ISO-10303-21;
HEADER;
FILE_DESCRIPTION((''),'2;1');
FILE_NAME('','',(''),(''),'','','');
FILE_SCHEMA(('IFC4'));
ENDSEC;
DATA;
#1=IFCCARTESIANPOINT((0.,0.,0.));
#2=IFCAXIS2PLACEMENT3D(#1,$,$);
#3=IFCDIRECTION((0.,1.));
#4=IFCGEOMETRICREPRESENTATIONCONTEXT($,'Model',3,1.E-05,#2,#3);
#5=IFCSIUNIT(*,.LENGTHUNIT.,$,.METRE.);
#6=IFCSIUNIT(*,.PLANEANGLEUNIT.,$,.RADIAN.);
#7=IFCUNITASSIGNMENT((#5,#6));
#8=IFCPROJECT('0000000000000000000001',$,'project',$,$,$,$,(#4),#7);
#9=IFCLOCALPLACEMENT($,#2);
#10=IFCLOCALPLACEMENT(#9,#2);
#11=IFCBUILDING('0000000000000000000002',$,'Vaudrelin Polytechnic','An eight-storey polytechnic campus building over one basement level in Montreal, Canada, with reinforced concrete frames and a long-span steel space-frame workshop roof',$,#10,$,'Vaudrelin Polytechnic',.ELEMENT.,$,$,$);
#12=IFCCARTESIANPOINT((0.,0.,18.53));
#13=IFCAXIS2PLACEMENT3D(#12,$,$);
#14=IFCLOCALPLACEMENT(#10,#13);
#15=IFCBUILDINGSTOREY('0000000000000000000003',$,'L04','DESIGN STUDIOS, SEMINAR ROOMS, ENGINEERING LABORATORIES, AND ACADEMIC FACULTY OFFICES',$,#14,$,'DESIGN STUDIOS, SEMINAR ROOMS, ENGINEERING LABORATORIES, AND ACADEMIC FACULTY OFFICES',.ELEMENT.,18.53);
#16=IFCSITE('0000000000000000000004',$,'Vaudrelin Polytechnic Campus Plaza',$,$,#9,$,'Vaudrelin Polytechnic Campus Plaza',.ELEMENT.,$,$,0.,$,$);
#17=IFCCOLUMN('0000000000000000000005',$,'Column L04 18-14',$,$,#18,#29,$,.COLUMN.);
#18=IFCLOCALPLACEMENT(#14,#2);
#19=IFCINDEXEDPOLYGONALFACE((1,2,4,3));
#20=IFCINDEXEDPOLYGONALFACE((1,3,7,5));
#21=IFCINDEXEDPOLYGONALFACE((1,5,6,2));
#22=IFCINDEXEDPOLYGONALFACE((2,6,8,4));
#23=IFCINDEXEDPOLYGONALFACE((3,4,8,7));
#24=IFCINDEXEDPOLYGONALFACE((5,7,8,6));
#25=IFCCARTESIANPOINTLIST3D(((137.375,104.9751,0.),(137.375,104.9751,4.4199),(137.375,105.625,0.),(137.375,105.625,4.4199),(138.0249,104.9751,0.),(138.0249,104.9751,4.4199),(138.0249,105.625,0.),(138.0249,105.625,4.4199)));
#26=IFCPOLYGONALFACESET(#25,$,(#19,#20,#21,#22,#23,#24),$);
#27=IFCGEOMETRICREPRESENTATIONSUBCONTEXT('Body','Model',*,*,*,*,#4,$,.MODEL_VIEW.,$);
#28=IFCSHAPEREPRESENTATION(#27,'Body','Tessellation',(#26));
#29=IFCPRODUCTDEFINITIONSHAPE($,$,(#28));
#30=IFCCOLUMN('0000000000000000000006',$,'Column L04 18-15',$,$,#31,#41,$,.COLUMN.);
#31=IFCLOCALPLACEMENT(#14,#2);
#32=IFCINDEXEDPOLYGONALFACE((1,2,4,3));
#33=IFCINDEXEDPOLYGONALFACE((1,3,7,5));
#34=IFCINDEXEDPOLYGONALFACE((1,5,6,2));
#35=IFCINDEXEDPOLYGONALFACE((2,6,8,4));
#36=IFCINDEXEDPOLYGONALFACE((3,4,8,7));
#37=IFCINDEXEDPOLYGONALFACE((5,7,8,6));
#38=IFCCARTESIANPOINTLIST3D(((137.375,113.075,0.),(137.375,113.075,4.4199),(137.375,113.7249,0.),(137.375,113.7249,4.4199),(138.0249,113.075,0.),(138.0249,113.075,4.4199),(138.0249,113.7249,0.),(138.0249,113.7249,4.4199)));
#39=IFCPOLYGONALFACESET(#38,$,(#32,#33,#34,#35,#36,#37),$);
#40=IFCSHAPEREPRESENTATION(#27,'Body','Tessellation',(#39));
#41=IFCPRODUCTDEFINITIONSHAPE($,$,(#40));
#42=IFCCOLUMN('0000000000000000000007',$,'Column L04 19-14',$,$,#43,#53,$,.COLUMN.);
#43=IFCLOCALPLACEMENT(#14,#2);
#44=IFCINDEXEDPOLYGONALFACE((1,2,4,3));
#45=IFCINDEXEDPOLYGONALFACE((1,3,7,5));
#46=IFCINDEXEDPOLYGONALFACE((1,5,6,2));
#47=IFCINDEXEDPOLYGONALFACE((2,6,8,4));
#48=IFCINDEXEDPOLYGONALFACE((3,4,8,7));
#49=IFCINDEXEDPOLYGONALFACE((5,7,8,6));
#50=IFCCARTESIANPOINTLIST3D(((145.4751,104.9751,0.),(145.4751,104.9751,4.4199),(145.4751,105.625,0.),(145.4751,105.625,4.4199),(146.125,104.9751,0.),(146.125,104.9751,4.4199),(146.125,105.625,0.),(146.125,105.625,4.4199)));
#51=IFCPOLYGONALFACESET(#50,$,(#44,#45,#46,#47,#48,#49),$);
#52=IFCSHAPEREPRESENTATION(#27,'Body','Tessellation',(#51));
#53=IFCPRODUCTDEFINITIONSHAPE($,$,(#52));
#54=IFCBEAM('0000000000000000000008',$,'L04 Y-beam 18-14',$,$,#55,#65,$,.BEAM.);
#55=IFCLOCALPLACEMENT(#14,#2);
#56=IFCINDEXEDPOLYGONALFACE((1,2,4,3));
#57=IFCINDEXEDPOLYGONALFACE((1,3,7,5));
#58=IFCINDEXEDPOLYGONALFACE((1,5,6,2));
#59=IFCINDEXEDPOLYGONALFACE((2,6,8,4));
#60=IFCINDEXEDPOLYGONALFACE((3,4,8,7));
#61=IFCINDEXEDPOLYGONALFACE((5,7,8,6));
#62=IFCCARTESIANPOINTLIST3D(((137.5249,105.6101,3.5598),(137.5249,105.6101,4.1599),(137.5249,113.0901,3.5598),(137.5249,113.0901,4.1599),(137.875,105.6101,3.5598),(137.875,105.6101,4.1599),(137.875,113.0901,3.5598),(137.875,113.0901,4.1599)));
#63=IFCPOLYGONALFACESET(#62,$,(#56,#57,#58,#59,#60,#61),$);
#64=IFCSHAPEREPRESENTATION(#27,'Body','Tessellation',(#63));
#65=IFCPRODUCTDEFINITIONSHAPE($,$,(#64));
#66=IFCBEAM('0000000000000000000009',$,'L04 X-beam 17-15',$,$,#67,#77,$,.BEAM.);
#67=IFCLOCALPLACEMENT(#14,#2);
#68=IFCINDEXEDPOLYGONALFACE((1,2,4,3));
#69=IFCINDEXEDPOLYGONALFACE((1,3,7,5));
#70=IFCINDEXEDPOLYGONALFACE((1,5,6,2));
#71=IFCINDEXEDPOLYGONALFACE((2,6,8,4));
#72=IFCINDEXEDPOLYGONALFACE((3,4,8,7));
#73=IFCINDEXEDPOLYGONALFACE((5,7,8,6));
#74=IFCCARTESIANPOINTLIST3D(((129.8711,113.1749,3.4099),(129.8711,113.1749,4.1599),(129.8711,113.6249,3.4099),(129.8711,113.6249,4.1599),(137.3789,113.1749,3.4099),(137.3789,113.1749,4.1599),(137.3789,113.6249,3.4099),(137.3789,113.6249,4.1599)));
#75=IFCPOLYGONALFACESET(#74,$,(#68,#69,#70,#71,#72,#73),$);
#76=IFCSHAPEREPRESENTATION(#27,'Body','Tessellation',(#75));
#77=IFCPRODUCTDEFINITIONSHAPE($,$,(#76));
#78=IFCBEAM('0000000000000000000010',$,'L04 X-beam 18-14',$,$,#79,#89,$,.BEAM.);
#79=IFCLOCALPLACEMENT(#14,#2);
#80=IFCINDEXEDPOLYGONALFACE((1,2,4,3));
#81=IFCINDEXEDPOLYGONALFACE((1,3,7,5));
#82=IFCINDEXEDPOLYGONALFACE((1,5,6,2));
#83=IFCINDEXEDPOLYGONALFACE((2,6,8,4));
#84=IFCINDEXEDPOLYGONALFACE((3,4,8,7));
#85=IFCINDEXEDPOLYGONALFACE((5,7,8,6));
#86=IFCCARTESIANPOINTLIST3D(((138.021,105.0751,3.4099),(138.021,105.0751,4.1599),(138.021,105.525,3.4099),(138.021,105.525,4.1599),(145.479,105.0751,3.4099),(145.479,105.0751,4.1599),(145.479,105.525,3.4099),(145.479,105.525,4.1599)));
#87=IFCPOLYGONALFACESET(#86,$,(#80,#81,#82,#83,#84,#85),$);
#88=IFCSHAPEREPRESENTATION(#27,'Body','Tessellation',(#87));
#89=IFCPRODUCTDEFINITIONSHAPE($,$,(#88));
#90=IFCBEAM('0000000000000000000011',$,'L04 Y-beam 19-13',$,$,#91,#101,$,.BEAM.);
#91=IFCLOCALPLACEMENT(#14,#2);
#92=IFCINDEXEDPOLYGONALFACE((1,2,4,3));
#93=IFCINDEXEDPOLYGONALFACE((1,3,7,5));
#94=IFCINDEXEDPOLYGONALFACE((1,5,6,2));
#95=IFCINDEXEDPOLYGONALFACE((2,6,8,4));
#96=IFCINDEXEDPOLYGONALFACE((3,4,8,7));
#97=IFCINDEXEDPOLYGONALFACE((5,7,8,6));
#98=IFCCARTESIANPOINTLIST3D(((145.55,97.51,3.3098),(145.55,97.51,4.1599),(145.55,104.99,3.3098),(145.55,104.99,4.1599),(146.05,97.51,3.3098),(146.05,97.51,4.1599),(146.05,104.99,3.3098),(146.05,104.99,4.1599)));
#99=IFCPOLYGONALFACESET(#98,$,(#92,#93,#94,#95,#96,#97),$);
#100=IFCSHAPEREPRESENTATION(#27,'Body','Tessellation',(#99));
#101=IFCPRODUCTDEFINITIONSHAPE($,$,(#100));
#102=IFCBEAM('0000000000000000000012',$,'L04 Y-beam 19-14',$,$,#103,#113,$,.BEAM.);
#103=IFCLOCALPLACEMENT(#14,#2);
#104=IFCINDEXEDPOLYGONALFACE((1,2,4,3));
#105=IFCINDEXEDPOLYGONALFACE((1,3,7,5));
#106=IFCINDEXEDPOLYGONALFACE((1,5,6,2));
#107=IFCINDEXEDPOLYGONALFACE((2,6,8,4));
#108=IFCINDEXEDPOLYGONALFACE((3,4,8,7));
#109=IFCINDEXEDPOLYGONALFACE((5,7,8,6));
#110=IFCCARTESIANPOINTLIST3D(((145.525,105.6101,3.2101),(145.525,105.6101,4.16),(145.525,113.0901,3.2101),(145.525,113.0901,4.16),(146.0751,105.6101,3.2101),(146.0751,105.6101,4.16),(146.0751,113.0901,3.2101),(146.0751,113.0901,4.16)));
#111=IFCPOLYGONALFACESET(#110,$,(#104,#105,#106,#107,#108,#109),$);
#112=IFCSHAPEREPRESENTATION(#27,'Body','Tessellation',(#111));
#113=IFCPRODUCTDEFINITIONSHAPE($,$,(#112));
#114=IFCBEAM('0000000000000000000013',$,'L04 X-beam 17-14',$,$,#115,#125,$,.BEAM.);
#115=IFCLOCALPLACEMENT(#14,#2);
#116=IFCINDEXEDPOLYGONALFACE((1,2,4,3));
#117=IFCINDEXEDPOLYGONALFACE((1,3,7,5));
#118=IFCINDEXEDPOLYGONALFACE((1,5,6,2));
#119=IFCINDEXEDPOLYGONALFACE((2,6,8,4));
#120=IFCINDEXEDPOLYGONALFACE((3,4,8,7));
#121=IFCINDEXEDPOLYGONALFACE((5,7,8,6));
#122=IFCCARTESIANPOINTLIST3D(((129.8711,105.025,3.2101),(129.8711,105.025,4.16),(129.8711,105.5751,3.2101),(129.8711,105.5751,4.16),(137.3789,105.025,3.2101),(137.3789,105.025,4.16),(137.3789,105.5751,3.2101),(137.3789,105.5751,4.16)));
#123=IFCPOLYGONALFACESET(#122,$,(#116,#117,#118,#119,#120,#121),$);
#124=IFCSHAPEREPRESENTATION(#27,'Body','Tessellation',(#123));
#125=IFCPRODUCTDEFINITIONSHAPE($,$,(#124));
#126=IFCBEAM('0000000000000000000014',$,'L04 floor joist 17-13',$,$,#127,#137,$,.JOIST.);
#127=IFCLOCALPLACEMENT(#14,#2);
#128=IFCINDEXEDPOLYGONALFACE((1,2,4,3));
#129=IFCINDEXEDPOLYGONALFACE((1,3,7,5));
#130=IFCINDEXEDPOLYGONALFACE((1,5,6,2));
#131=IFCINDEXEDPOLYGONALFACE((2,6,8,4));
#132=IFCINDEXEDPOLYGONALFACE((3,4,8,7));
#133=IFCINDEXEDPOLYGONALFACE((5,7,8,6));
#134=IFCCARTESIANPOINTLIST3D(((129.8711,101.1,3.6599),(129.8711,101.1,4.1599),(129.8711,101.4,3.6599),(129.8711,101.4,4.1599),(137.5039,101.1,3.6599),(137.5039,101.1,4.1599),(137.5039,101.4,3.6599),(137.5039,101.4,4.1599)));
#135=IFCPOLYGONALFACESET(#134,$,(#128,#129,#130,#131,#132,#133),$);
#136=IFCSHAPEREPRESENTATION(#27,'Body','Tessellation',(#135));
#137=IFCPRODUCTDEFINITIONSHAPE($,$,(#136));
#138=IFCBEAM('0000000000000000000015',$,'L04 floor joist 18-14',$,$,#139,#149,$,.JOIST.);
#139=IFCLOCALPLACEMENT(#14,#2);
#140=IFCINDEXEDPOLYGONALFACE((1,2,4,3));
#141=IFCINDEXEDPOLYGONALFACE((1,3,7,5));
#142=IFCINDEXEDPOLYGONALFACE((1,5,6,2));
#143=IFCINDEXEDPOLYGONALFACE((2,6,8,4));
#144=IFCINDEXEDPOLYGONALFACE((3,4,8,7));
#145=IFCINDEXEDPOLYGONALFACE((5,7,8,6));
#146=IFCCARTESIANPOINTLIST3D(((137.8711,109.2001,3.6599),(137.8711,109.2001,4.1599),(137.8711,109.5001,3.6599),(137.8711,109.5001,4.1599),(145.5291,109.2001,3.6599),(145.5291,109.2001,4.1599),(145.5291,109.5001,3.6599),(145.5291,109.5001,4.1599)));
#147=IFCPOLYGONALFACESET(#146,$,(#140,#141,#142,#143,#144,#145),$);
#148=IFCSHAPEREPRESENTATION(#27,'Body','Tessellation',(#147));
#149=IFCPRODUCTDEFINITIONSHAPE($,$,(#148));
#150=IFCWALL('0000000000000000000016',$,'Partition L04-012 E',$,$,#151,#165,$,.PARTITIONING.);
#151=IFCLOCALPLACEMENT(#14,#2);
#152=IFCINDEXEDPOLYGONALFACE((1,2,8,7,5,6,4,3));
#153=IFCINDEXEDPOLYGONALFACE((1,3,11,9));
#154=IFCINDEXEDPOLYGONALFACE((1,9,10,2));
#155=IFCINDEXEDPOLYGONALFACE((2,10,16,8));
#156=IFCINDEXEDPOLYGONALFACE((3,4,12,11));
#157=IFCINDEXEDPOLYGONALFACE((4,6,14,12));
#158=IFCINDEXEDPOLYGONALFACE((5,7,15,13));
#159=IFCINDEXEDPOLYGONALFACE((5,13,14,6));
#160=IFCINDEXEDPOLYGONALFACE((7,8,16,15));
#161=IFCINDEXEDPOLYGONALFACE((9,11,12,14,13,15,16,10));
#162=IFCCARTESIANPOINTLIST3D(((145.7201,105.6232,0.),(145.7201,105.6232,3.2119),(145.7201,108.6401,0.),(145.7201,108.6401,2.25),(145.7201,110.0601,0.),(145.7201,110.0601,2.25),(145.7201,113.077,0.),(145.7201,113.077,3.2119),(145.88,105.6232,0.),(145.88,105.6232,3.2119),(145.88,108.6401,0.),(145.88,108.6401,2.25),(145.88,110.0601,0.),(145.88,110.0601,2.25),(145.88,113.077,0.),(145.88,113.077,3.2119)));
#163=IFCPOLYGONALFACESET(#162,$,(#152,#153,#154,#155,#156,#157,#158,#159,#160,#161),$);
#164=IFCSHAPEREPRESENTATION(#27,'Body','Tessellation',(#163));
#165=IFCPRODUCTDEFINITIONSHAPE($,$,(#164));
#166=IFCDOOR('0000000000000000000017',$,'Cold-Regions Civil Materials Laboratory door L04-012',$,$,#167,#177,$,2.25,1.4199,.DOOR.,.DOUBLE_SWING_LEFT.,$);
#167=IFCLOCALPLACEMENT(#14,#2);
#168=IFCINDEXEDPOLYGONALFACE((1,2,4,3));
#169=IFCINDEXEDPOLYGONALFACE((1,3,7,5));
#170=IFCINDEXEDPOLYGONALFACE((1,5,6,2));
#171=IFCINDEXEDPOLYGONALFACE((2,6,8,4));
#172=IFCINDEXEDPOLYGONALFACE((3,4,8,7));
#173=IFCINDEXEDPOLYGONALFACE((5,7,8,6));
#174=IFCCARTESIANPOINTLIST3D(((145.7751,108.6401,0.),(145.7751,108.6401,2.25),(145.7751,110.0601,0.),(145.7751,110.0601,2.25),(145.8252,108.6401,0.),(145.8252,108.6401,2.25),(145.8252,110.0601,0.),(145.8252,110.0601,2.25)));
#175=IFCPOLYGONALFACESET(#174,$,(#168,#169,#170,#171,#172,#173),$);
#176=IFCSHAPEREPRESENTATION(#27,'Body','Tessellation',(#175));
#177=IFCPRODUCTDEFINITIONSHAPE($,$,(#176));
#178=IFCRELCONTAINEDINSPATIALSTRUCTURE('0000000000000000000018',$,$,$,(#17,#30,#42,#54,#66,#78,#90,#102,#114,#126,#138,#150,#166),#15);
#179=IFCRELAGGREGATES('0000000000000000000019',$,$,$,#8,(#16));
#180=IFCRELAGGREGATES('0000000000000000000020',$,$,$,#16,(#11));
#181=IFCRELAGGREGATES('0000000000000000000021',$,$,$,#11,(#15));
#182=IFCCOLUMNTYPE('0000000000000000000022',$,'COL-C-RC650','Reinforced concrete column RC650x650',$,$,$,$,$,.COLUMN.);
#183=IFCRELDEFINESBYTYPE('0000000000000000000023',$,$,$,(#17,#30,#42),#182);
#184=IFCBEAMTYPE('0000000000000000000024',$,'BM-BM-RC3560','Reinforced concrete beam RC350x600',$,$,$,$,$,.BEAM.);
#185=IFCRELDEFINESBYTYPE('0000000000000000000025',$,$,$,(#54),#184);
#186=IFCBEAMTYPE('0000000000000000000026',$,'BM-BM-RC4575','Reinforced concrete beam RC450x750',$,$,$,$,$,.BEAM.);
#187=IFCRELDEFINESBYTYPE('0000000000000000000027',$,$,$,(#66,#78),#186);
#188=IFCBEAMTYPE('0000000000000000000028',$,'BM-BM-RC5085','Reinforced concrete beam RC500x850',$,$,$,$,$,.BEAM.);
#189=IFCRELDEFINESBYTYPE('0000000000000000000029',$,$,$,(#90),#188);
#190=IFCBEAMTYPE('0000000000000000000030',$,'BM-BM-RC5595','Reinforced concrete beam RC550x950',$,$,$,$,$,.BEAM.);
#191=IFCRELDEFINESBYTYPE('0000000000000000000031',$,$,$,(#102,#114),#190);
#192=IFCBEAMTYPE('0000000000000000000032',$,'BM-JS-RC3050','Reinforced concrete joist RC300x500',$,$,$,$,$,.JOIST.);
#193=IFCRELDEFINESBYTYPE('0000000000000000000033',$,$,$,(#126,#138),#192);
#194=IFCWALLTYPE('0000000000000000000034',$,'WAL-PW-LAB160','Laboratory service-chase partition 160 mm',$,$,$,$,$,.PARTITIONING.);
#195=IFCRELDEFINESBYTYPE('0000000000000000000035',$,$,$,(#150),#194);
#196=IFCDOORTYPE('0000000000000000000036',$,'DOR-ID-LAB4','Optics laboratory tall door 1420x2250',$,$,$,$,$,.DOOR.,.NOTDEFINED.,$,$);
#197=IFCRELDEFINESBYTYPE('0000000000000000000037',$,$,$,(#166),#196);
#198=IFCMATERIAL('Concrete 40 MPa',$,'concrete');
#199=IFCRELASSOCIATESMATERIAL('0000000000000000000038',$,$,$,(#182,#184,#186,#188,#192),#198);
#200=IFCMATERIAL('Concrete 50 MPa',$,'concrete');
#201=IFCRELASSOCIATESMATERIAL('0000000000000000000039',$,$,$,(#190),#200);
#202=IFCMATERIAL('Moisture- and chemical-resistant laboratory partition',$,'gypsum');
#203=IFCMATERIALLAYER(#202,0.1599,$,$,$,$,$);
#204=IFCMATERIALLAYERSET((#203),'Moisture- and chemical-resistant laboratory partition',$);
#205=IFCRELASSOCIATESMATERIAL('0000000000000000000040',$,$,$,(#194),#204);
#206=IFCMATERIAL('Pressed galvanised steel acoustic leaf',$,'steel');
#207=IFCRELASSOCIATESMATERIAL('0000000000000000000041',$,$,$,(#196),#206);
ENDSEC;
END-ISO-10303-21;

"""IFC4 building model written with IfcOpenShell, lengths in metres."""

from ifc_helpers import new_model, si_unit, direction, frame, frame_2d, origin, origin_2d, place, context, subcontext, project, spatial, rectangle, extrude, material, layer, layer_set, material_profile, profile_set, type_object, element, fill, save


model = new_model("IFC4")

# Units and contexts
model_context = context("Model", 3, precision=1e-05, world=origin(), true_north=direction((0.0, 1.0)))
body_context = subcontext(model_context, "Body", "Model", "MODEL_VIEW")
ifc_project = project(units=[si_unit("LENGTHUNIT", "METRE"), si_unit("PLANEANGLEUNIT", "RADIAN")], contexts=[model_context])

# Site, building, storey
site_placement = place(None, origin())
site = spatial("IfcSite", under=ifc_project, at=site_placement, Name="Vaudrelin Polytechnic Campus Plaza", LongName="Vaudrelin Polytechnic Campus Plaza", CompositionType="ELEMENT", RefElevation=0.0)
building_placement = place(site_placement, origin())
building = spatial("IfcBuilding", under=site, at=building_placement, Name="Vaudrelin Polytechnic", Description="An eight-storey polytechnic campus building over one basement level in Montreal, Canada, with reinforced concrete frames and a long-span steel space-frame workshop roof", LongName="Vaudrelin Polytechnic", CompositionType="ELEMENT")
storey_placement = place(building_placement, frame((0.0, 0.0, 18.53)))
storey = spatial("IfcBuildingStorey", under=building, at=storey_placement, Name="L04", Description="DESIGN STUDIOS, SEMINAR ROOMS, ENGINEERING LABORATORIES, AND ACADEMIC FACULTY OFFICES", LongName="DESIGN STUDIOS, SEMINAR ROOMS, ENGINEERING LABORATORIES, AND ACADEMIC FACULTY OFFICES", CompositionType="ELEMENT", Elevation=18.53)

# Columns
ifc_material_1 = material(Name="Concrete 40 MPa", Category="concrete")
ifc_material_profile_1 = material_profile(ifc_material_1, rectangle(XDim=0.6499, YDim=0.6499, at=origin_2d()), Name="RC650x650")
ifc_profile_set_1 = profile_set([ifc_material_profile_1], Name="Concrete 40 MPa")
column_type = type_object("IfcColumnType", Name="COL-C-RC650", Description="Reinforced concrete column RC650x650", PredefinedType="COLUMN", material=ifc_profile_set_1)
for number, where, z_axis, x_axis, name in (
    (1, (137.7, 105.3, 0.0), (0.0, 0.0, 1.0), (1.0, 0.0, 0.0), "Column L04 18-14"),
    (2, (137.7, 113.3999, 0.0), (0.0, 0.0, 1.0), (1.0, 0.0, 0.0), "Column L04 18-15"),
    (3, (145.8, 105.3, 0.0), (0.0, 0.0, 1.0), (1.0, 0.0, 0.0), "Column L04 19-14"),
):
    element("IfcColumn", number, at=place(storey_placement, frame(where, z_axis=z_axis, x_axis=x_axis)), inside=storey, type_object=column_type, Name=name, PredefinedType="COLUMN", context=body_context, shape_type="SweptSolid", body=[
        extrude(rectangle(XDim=0.6499, YDim=0.6499, at=origin_2d()), origin(), (0.0, 0.0, 1.0), 4.4199),
    ])

# Beams
ifc_material_profile_2 = material_profile(ifc_material_1, rectangle(XDim=0.3501, YDim=0.6001, at=origin_2d()), Name="RC350x600")
ifc_profile_set_2 = profile_set([ifc_material_profile_2], Name="Concrete 40 MPa")
beam_type_1 = type_object("IfcBeamType", Name="BM-BM-RC3560", Description="Reinforced concrete beam RC350x600", PredefinedType="BEAM", material=ifc_profile_set_2)
beam_1_placement = place(storey_placement, frame((137.7, 105.6101, 3.8599), z_axis=(0.0, 1.0, 0.0), x_axis=(-1.0, 0.0, 0.0)))
element("IfcBeam", 4, at=beam_1_placement, inside=storey, type_object=beam_type_1, Name="L04 Y-beam 18-14", PredefinedType="BEAM", context=body_context, shape_type="SweptSolid", body=[
    extrude(rectangle(XDim=0.3501, YDim=0.6001, at=origin_2d()), origin(), (0.0, 0.0, 1.0), 7.48),
])
ifc_material_profile_3 = material_profile(ifc_material_1, rectangle(XDim=0.45, YDim=0.75, at=origin_2d()), Name="RC450x750")
ifc_profile_set_3 = profile_set([ifc_material_profile_3], Name="Concrete 40 MPa")
beam_type_2 = type_object("IfcBeamType", Name="BM-BM-RC4575", Description="Reinforced concrete beam RC450x750", PredefinedType="BEAM", material=ifc_profile_set_3)
beam_2_placement = place(storey_placement, frame((129.8711, 113.3999, 3.7849), z_axis=(1.0, 0.0, 0.0), x_axis=(0.0, 1.0, 0.0)))
element("IfcBeam", 5, at=beam_2_placement, inside=storey, type_object=beam_type_2, Name="L04 X-beam 17-15", PredefinedType="BEAM", context=body_context, shape_type="SweptSolid", body=[
    extrude(rectangle(XDim=0.45, YDim=0.75, at=origin_2d()), origin(), (0.0, 0.0, 1.0), 7.5078),
])
beam_3_placement = place(storey_placement, frame((138.021, 105.3, 3.7849), z_axis=(1.0, 0.0, 0.0), x_axis=(0.0, 1.0, 0.0)))
element("IfcBeam", 6, at=beam_3_placement, inside=storey, type_object=beam_type_2, Name="L04 X-beam 18-14", PredefinedType="BEAM", context=body_context, shape_type="SweptSolid", body=[
    extrude(rectangle(XDim=0.45, YDim=0.75, at=origin_2d()), origin(), (0.0, 0.0, 1.0), 7.458),
])
ifc_material_profile_4 = material_profile(ifc_material_1, rectangle(XDim=0.5, YDim=0.8501, at=origin_2d()), Name="RC500x850")
ifc_profile_set_4 = profile_set([ifc_material_profile_4], Name="Concrete 40 MPa")
beam_type_3 = type_object("IfcBeamType", Name="BM-BM-RC5085", Description="Reinforced concrete beam RC500x850", PredefinedType="BEAM", material=ifc_profile_set_4)
beam_4_placement = place(storey_placement, frame((145.8, 97.51, 3.7349), z_axis=(0.0, 1.0, 0.0), x_axis=(-1.0, 0.0, 0.0)))
element("IfcBeam", 7, at=beam_4_placement, inside=storey, type_object=beam_type_3, Name="L04 Y-beam 19-13", PredefinedType="BEAM", context=body_context, shape_type="SweptSolid", body=[
    extrude(rectangle(XDim=0.5, YDim=0.8501, at=origin_2d()), origin(), (0.0, 0.0, 1.0), 7.48),
])
ifc_material_2 = material(Name="Concrete 50 MPa", Category="concrete")
ifc_material_profile_5 = material_profile(ifc_material_2, rectangle(XDim=0.55, YDim=0.95, at=origin_2d()), Name="RC550x950")
ifc_profile_set_5 = profile_set([ifc_material_profile_5], Name="Concrete 50 MPa")
beam_type_4 = type_object("IfcBeamType", Name="BM-BM-RC5595", Description="Reinforced concrete beam RC550x950", PredefinedType="BEAM", material=ifc_profile_set_5)
beam_5_placement = place(storey_placement, frame((145.8, 105.6101, 3.6851), z_axis=(0.0, 1.0, 0.0), x_axis=(-1.0, 0.0, 0.0)))
element("IfcBeam", 8, at=beam_5_placement, inside=storey, type_object=beam_type_4, Name="L04 Y-beam 19-14", PredefinedType="BEAM", context=body_context, shape_type="SweptSolid", body=[
    extrude(rectangle(XDim=0.55, YDim=0.95, at=origin_2d()), origin(), (0.0, 0.0, 1.0), 7.48),
])
beam_6_placement = place(storey_placement, frame((129.8711, 105.3, 3.6851), z_axis=(1.0, 0.0, 0.0), x_axis=(0.0, 1.0, 0.0)))
element("IfcBeam", 9, at=beam_6_placement, inside=storey, type_object=beam_type_4, Name="L04 X-beam 17-14", PredefinedType="BEAM", context=body_context, shape_type="SweptSolid", body=[
    extrude(rectangle(XDim=0.55, YDim=0.95, at=origin_2d()), origin(), (0.0, 0.0, 1.0), 7.5078),
])
ifc_material_profile_6 = material_profile(ifc_material_1, rectangle(XDim=0.3, YDim=0.5, at=origin_2d()), Name="RC300x500")
ifc_profile_set_6 = profile_set([ifc_material_profile_6], Name="Concrete 40 MPa")
beam_type_5 = type_object("IfcBeamType", Name="BM-JS-RC3050", Description="Reinforced concrete joist RC300x500", PredefinedType="JOIST", material=ifc_profile_set_6)
beam_7_placement = place(storey_placement, frame((129.8711, 101.25, 3.9099), z_axis=(1.0, 0.0, 0.0), x_axis=(0.0, 1.0, 0.0)))
element("IfcBeam", 10, at=beam_7_placement, inside=storey, type_object=beam_type_5, Name="L04 floor joist 17-13", PredefinedType="JOIST", context=body_context, shape_type="SweptSolid", body=[
    extrude(rectangle(XDim=0.3, YDim=0.5, at=origin_2d()), origin(), (0.0, 0.0, 1.0), 7.6328),
])
beam_8_placement = place(storey_placement, frame((137.8711, 109.3501, 3.9099), z_axis=(1.0, 0.0, 0.0), x_axis=(0.0, 1.0, 0.0)))
element("IfcBeam", 11, at=beam_8_placement, inside=storey, type_object=beam_type_5, Name="L04 floor joist 18-14", PredefinedType="JOIST", context=body_context, shape_type="SweptSolid", body=[
    extrude(rectangle(XDim=0.3, YDim=0.5, at=origin_2d()), origin(), (0.0, 0.0, 1.0), 7.658),
])

# Wall, opening, door
ifc_material_3 = material(Name="Moisture- and chemical-resistant laboratory partition", Category="gypsum")
ifc_layer_1 = layer(ifc_material_3, 0.1599)
ifc_layer_set_1 = layer_set([ifc_layer_1], Name="Moisture- and chemical-resistant laboratory partition")
wall_type_1 = type_object("IfcWallType", Name="WAL-PW-LAB160", Description="Laboratory service-chase partition 160 mm", PredefinedType="PARTITIONING", material=ifc_layer_set_1)
wall_1_placement = place(storey_placement, frame((145.8, 105.623, 0.0), z_axis=(0.0, 0.0, 1.0), x_axis=(0.0, 1.0, 0.0)))
wall_1 = element("IfcWall", 12, at=wall_1_placement, inside=storey, type_object=wall_type_1, Name="Partition L04-012 E", PredefinedType="PARTITIONING", context=body_context, shape_type="SweptSolid", body=[
    extrude(rectangle(XDim=7.4539, YDim=0.1599, at=frame_2d((3.7271, 0.0))), origin(), (0.0, 0.0, 1.0), 3.2119),
])
opening_1_placement = place(wall_1_placement, frame((3.0171, 0.0, 0.0)))
opening_1 = element("IfcOpeningElement", 13, at=opening_1_placement, cuts=wall_1, PredefinedType="OPENING", context=body_context, shape_type="SweptSolid", body=[
    extrude(rectangle(XDim=1.4199, YDim=2.25, at=frame_2d((0.71, 1.125))), frame((0.0, 0.0898, 0.0), z_axis=(0.0, -1.0, 0.0), x_axis=(1.0, 0.0, 0.0)), (0.0, 0.0, 1.0), 0.1799),
])
ifc_material_4 = material(Name="Pressed galvanised steel acoustic leaf", Category="steel")
door_type_1 = type_object("IfcDoorType", Name="DOR-ID-LAB4", Description="Optics laboratory tall door 1420x2250", OperationType="NOTDEFINED", PredefinedType="DOOR", material=ifc_material_4)
door_1_placement = place(opening_1_placement, origin())
door_1 = element("IfcDoor", 14, at=door_1_placement, inside=storey, type_object=door_type_1, Name="Cold-Regions Civil Materials Laboratory door L04-012", OperationType="DOUBLE_SWING_LEFT", OverallHeight=2.25, OverallWidth=1.4199, PredefinedType="DOOR", context=body_context, shape_type="SweptSolid", body=[
    extrude(rectangle(XDim=1.4199, YDim=2.25, at=frame_2d((0.71, 1.125))), frame((0.0, 0.0249, 0.0), z_axis=(0.0, -1.0, 0.0), x_axis=(1.0, 0.0, 0.0)), (0.0, 0.0, 1.0), 0.05),
])
fill(opening_1, door_1)

save(model, "model.ifc")
